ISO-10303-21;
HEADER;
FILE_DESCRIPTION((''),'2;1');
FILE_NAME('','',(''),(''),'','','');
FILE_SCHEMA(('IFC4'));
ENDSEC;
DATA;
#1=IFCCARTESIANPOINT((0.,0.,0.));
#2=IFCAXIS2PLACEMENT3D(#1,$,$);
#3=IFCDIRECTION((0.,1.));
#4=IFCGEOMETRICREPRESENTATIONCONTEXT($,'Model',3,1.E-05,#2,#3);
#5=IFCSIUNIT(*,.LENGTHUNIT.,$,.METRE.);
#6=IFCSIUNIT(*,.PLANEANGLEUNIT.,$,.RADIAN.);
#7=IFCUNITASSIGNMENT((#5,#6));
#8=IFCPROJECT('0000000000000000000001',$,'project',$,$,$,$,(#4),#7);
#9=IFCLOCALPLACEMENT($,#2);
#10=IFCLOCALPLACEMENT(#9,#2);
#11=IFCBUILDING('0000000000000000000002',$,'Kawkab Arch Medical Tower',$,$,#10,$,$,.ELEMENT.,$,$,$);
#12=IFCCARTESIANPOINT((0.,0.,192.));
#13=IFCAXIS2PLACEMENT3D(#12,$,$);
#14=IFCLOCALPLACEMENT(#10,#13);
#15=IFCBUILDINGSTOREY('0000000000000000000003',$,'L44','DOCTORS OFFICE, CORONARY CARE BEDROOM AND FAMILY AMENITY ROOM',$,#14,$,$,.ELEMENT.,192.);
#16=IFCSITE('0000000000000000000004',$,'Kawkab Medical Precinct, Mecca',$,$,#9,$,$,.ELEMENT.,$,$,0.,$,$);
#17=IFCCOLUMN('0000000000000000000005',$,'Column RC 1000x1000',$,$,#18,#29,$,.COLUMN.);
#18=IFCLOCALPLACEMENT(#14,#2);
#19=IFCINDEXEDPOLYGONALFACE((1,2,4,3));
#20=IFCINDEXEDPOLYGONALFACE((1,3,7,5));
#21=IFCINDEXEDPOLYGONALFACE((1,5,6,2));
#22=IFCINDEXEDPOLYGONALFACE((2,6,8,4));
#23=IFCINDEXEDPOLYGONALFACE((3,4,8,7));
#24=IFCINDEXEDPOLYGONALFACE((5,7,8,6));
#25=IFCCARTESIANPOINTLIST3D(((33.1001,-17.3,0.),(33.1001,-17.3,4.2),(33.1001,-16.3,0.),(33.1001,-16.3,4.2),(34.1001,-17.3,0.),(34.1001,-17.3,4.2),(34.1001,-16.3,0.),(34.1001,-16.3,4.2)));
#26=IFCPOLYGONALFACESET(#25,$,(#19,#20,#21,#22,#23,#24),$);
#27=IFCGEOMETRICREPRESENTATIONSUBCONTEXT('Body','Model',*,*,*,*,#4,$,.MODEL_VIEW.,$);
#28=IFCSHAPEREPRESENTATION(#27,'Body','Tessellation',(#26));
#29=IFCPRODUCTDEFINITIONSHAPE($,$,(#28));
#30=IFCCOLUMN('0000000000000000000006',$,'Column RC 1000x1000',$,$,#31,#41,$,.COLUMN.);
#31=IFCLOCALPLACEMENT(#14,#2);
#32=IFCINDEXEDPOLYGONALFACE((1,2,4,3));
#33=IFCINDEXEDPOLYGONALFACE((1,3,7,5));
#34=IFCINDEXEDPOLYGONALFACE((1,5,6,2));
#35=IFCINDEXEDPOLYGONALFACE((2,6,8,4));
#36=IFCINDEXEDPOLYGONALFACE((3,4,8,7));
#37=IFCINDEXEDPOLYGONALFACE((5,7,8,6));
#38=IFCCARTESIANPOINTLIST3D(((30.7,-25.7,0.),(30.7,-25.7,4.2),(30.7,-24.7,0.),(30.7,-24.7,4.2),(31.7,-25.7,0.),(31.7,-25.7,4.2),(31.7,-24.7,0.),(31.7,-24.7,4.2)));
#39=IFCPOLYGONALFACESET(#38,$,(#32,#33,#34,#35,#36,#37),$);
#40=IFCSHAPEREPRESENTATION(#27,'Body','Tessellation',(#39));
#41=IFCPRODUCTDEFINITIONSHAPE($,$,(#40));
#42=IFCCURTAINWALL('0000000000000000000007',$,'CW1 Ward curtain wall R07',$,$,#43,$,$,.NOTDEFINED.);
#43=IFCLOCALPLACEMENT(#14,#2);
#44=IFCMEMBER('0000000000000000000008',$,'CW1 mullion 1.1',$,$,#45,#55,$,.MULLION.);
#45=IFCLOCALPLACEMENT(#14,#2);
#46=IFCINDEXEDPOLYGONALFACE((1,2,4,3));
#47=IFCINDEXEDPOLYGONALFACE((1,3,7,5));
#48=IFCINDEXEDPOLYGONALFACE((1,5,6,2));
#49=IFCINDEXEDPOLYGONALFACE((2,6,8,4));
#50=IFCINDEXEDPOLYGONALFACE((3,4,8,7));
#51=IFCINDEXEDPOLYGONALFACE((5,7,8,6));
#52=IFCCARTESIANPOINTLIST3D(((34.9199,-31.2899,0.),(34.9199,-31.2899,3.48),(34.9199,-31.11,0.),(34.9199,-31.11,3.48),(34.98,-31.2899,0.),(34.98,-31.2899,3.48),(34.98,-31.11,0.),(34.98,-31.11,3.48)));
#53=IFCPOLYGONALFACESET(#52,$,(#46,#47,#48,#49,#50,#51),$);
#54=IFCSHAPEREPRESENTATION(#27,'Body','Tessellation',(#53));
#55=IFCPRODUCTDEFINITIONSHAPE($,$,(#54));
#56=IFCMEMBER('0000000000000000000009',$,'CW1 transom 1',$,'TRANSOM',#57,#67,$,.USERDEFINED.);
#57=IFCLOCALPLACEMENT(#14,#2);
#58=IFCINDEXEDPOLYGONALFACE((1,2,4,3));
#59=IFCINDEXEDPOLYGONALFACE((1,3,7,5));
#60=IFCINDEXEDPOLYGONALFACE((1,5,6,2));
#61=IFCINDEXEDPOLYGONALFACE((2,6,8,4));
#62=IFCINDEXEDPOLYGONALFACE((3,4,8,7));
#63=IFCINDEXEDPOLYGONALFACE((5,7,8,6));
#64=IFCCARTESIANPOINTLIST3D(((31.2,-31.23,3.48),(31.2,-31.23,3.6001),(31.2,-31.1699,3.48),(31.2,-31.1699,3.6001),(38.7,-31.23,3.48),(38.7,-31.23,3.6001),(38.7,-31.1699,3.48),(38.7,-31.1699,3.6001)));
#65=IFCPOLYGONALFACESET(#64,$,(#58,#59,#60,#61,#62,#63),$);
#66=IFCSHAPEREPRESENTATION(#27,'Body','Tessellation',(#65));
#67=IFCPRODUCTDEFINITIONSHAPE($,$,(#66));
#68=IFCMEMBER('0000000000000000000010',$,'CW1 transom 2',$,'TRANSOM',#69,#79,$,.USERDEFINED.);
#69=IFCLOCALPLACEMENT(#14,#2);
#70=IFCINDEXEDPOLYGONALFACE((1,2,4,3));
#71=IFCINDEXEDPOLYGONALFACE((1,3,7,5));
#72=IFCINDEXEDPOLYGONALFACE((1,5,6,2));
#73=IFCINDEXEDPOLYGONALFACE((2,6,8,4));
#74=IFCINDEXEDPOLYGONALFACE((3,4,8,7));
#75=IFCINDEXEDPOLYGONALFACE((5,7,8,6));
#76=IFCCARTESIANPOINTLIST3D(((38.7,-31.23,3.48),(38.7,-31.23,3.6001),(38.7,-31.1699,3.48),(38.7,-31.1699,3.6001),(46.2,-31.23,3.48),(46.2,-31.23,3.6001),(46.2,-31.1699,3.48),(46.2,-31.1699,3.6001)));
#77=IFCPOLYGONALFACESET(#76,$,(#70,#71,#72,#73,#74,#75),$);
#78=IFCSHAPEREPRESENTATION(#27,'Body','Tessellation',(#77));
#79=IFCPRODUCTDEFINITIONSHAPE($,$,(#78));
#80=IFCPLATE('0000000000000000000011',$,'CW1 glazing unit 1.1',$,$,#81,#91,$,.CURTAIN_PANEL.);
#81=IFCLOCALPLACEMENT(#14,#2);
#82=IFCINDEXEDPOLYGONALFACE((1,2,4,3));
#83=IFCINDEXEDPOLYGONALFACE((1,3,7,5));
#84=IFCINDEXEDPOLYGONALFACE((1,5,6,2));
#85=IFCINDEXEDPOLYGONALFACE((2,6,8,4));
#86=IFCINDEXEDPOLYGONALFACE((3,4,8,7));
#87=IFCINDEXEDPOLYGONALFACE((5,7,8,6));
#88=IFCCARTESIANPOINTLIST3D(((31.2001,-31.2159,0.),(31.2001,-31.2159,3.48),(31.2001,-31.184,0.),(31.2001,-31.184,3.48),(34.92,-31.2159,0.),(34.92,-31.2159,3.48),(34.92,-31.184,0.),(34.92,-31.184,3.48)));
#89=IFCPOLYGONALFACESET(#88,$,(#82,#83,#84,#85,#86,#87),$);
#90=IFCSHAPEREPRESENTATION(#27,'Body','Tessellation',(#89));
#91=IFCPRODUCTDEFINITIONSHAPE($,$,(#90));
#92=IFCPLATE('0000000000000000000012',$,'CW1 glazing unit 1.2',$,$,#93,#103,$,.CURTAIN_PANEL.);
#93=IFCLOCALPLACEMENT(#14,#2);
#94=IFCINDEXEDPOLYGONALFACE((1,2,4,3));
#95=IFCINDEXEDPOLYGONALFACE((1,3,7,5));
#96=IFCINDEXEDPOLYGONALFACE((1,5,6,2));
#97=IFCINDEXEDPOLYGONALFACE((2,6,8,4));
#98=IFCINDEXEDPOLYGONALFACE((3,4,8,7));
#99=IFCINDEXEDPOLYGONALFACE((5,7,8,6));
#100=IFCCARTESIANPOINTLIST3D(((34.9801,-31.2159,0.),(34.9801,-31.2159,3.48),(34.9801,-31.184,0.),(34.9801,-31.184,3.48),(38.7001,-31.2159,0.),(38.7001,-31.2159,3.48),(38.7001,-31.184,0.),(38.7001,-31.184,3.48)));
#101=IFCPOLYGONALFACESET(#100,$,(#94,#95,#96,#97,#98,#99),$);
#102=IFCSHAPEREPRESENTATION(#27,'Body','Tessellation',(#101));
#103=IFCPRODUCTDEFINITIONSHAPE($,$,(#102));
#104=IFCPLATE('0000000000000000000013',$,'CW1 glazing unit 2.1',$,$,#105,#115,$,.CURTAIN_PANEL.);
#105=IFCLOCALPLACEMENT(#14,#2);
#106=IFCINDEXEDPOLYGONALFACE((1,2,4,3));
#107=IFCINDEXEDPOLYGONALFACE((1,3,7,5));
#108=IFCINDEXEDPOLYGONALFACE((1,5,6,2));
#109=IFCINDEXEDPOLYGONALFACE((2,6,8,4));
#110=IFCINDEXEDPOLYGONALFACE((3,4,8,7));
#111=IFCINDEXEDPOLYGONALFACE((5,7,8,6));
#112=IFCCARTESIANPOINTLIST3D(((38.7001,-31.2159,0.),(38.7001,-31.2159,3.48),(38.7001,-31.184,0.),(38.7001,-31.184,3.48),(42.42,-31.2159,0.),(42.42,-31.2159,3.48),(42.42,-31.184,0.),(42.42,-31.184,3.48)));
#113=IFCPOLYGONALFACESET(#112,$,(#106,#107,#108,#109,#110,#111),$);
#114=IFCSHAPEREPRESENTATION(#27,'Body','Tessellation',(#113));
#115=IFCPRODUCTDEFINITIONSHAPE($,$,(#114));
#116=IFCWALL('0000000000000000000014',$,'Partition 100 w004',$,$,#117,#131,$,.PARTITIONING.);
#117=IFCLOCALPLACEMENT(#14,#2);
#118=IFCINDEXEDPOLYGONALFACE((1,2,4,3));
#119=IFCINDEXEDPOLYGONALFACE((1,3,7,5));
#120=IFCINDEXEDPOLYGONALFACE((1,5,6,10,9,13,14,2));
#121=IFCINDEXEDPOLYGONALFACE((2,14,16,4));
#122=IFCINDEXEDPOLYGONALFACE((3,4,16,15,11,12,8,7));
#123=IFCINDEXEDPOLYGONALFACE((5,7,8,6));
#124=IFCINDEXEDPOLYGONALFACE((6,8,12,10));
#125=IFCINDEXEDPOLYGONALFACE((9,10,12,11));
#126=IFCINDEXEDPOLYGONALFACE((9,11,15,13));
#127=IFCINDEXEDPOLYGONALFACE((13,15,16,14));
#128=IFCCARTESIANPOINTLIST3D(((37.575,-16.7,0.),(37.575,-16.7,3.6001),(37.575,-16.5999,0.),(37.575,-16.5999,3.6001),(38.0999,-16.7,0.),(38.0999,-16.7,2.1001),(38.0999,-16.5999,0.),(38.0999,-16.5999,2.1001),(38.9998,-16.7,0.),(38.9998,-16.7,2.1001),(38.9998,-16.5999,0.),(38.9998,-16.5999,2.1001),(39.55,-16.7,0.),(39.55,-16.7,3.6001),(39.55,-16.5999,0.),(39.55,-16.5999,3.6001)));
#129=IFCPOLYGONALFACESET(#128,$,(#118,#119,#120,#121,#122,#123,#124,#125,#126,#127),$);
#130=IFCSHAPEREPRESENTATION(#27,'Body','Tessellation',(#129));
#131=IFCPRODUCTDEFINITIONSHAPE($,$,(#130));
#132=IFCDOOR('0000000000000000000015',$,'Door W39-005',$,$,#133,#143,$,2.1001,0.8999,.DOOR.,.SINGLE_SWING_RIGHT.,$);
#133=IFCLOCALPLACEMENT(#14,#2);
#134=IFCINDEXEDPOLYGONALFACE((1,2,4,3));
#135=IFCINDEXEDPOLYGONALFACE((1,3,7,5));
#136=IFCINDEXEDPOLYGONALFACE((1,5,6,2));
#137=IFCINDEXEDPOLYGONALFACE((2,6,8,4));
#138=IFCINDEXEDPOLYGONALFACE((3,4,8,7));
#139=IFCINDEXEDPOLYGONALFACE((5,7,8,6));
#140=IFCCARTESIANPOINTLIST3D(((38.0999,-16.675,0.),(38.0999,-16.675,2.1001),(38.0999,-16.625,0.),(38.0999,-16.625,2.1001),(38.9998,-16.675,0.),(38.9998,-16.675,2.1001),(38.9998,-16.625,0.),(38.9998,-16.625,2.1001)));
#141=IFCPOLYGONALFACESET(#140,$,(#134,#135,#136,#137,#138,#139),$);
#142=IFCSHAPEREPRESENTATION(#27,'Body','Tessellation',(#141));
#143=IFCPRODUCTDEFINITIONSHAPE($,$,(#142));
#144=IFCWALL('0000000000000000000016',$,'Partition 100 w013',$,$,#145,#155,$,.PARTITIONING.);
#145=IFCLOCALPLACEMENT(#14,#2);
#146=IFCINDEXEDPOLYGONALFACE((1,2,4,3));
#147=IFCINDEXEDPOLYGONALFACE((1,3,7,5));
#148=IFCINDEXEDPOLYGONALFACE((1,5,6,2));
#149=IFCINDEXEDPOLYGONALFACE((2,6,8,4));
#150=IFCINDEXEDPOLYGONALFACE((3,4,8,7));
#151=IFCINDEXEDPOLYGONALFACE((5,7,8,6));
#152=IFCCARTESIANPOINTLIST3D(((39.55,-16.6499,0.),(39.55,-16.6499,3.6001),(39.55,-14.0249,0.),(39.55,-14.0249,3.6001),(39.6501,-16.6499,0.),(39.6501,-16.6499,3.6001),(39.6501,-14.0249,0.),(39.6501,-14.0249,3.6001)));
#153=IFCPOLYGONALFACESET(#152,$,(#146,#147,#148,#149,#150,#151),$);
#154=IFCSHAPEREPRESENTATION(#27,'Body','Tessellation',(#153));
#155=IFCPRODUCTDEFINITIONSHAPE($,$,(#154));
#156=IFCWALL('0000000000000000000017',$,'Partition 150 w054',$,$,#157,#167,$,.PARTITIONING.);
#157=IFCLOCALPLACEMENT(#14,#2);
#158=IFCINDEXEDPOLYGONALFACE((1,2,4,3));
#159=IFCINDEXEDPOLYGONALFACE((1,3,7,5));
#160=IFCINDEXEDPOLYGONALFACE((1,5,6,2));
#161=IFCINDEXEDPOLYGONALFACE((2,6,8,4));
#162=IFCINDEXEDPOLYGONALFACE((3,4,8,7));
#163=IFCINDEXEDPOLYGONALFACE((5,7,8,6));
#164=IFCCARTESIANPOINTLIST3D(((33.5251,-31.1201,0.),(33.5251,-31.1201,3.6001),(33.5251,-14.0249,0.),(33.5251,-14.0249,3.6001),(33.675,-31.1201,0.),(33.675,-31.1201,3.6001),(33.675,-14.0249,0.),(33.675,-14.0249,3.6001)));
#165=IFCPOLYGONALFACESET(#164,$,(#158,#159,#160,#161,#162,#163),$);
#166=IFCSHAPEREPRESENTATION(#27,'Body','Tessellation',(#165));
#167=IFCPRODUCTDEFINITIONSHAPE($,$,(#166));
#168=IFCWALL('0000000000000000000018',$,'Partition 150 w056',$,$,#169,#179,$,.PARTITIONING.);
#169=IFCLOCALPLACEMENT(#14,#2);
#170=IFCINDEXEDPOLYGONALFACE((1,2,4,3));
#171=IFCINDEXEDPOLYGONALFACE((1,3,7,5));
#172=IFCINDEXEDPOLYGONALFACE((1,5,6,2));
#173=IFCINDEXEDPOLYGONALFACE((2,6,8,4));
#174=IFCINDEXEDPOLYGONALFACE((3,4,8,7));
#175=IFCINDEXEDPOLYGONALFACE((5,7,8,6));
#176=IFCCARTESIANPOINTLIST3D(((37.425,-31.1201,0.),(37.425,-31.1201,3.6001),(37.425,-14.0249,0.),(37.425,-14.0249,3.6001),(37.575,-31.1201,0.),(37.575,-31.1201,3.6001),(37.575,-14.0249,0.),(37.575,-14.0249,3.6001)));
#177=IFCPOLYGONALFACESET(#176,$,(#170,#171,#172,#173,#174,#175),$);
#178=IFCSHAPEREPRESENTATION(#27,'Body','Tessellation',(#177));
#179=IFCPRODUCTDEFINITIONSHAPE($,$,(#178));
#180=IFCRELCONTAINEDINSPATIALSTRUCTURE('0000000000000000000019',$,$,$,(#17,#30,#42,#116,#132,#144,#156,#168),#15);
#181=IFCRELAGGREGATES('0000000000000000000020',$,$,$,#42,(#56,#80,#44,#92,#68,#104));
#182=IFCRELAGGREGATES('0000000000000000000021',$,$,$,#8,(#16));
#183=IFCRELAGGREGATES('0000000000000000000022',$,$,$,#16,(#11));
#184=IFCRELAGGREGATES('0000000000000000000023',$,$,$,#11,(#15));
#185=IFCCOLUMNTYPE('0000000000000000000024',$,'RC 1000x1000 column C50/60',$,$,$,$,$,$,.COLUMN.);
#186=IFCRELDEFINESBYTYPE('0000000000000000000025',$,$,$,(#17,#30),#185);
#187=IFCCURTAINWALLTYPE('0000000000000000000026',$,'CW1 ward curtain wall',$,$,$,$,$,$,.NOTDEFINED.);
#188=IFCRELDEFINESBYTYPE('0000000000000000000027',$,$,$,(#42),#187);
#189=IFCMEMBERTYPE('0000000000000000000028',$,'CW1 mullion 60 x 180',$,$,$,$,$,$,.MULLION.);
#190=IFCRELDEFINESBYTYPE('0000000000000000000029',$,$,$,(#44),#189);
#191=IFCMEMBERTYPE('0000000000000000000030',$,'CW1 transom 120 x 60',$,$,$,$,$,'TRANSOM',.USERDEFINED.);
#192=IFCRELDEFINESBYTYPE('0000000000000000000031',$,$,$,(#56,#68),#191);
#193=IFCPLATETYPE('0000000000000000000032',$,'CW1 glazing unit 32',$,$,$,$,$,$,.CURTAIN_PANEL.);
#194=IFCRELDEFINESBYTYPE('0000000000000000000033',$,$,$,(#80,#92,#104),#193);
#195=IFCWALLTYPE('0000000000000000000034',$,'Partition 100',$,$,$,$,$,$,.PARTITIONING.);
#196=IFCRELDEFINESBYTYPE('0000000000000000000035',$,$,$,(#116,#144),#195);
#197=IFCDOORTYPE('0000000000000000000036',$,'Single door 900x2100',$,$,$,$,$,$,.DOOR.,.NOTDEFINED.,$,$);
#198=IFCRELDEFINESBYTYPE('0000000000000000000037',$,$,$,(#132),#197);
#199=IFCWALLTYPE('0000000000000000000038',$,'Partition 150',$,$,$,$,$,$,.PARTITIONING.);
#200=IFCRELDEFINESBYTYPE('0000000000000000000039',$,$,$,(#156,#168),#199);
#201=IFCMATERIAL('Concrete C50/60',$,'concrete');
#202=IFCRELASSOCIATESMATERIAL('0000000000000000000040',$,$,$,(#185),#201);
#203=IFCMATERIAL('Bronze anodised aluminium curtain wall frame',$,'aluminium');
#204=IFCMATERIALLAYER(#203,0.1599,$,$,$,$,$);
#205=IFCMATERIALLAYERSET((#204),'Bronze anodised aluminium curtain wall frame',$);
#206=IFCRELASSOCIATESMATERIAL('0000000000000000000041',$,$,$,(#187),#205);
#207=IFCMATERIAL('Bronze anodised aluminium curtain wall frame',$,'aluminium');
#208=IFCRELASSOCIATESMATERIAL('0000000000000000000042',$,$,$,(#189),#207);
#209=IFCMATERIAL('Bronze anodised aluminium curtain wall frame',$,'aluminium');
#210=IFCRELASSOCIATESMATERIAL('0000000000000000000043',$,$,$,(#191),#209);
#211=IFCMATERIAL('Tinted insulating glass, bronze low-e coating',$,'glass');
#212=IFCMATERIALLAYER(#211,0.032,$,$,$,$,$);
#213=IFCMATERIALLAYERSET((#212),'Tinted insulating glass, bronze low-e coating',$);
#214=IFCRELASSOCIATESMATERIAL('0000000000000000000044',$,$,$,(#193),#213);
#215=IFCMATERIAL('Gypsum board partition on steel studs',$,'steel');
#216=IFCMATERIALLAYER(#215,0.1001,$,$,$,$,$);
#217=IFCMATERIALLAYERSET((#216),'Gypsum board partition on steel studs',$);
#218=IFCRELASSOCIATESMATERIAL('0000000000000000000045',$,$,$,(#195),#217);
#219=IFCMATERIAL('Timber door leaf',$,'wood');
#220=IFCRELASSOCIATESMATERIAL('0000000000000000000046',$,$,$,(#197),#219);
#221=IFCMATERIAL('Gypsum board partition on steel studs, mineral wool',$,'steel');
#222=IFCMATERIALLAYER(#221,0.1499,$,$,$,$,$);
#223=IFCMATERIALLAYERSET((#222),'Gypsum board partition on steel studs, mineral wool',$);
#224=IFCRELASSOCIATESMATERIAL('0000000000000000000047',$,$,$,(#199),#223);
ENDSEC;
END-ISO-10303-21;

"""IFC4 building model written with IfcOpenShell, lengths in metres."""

from ifc_helpers import new_model, si_unit, direction, frame, frame_2d, origin, origin_2d, place, context, subcontext, project, spatial, rectangle, extrude, material, layer, layer_set, material_profile, profile_set, type_object, element, fill, aggregate, save


model = new_model("IFC4")

# Units and contexts
model_context = context("Model", 3, precision=1e-05, world=origin(), true_north=direction((0.0, 1.0)))
body_context = subcontext(model_context, "Body", "Model", "MODEL_VIEW")
ifc_project = project(units=[si_unit("LENGTHUNIT", "METRE"), si_unit("PLANEANGLEUNIT", "RADIAN")], contexts=[model_context])

# Site, building, storey
site_placement = place(None, origin())
site = spatial("IfcSite", under=ifc_project, at=site_placement, Name="Kawkab Medical Precinct, Mecca", CompositionType="ELEMENT", RefElevation=0.0)
building_placement = place(site_placement, origin())
building = spatial("IfcBuilding", under=site, at=building_placement, Name="Kawkab Arch Medical Tower", CompositionType="ELEMENT")
storey_placement = place(building_placement, frame((0.0, 0.0, 192.0)))
storey = spatial("IfcBuildingStorey", under=building, at=storey_placement, Name="L44", Description="DOCTORS OFFICE, CORONARY CARE BEDROOM AND FAMILY AMENITY ROOM", CompositionType="ELEMENT", Elevation=192.0)

# Columns
ifc_material_1 = material(Name="Concrete C50/60", Category="concrete")
ifc_material_profile_1 = material_profile(ifc_material_1, rectangle(XDim=1.0, YDim=1.0, at=origin_2d()), Name="RC 1000x1000")
ifc_profile_set_1 = profile_set([ifc_material_profile_1], Name="Concrete C50/60")
column_type = type_object("IfcColumnType", Name="RC 1000x1000 column C50/60", PredefinedType="COLUMN", material=ifc_profile_set_1)
for number, where, z_axis, x_axis, name in (
    (1, (33.6001, -16.8, 0.0), (0.0, 0.0, 1.0), (1.0, 0.0, 0.0), "Column RC 1000x1000"),
    (2, (31.2, -25.2, 0.0), (0.0, 0.0, 1.0), (1.0, 0.0, 0.0), "Column RC 1000x1000"),
):
    element("IfcColumn", number, at=place(storey_placement, frame(where, z_axis=z_axis, x_axis=x_axis)), inside=storey, type_object=column_type, Name=name, PredefinedType="COLUMN", context=body_context, shape_type="SweptSolid", body=[
        extrude(rectangle(XDim=1.0, YDim=1.0, at=origin_2d()), origin(), (0.0, 0.0, 1.0), 4.2),
    ])

# Curtain wall, members, plates
ifc_material_2 = material(Name="Bronze anodised aluminium curtain wall frame", Category="aluminium")
ifc_layer_1 = layer(ifc_material_2, 0.1599)
ifc_layer_set_1 = layer_set([ifc_layer_1], Name="Bronze anodised aluminium curtain wall frame")
curtain_wall_type = type_object("IfcCurtainWallType", Name="CW1 ward curtain wall", PredefinedType="NOTDEFINED", material=ifc_layer_set_1)
curtain_wall_placement = place(storey_placement, origin())
curtain_wall = element("IfcCurtainWall", 3, at=curtain_wall_placement, inside=storey, type_object=curtain_wall_type, Name="CW1 Ward curtain wall R07", PredefinedType="NOTDEFINED")
ifc_material_3 = material(Name="Bronze anodised aluminium curtain wall frame", Category="aluminium")
ifc_material_profile_2 = material_profile(ifc_material_3, rectangle(XDim=0.1799, YDim=0.0601, at=origin_2d()), Name="AL 60x180")
ifc_profile_set_2 = profile_set([ifc_material_profile_2], Name="Bronze anodised aluminium curtain wall frame")
member_type_1 = type_object("IfcMemberType", Name="CW1 mullion 60 x 180", PredefinedType="MULLION", material=ifc_profile_set_2)
member_1_placement = place(storey_placement, frame((34.95, -31.2, 0.0), z_axis=(0.0, 0.0, 1.0), x_axis=(0.0, 1.0, 0.0)))
member_1 = element("IfcMember", 4, at=member_1_placement, type_object=member_type_1, Name="CW1 mullion 1.1", PredefinedType="MULLION", context=body_context, shape_type="SweptSolid", body=[
    extrude(rectangle(XDim=0.1799, YDim=0.0601, at=origin_2d()), origin(), (0.0, 0.0, 1.0), 3.48),
])
ifc_material_4 = material(Name="Bronze anodised aluminium curtain wall frame", Category="aluminium")
ifc_material_profile_3 = material_profile(ifc_material_4, rectangle(XDim=0.0601, YDim=0.1201, at=origin_2d()), Name="AL 60x120")
ifc_profile_set_3 = profile_set([ifc_material_profile_3], Name="Bronze anodised aluminium curtain wall frame")
member_type_2 = type_object("IfcMemberType", Name="CW1 transom 120 x 60", ElementType="TRANSOM", PredefinedType="USERDEFINED", material=ifc_profile_set_3)
member_2_placement = place(storey_placement, frame((31.2, -31.2, 3.54), z_axis=(1.0, 0.0, 0.0), x_axis=(0.0, 1.0, 0.0)))
member_2 = element("IfcMember", 5, at=member_2_placement, type_object=member_type_2, Name="CW1 transom 1", ObjectType="TRANSOM", PredefinedType="USERDEFINED", context=body_context, shape_type="SweptSolid", body=[
    extrude(rectangle(XDim=0.0601, YDim=0.1201, at=origin_2d()), origin(), (0.0, 0.0, 1.0), 7.5),
])
member_3_placement = place(storey_placement, frame((38.7, -31.2, 3.54), z_axis=(1.0, 0.0, 0.0), x_axis=(0.0, 1.0, 0.0)))
member_3 = element("IfcMember", 6, at=member_3_placement, type_object=member_type_2, Name="CW1 transom 2", ObjectType="TRANSOM", PredefinedType="USERDEFINED", context=body_context, shape_type="SweptSolid", body=[
    extrude(rectangle(XDim=0.0601, YDim=0.1201, at=origin_2d()), origin(), (0.0, 0.0, 1.0), 7.5),
])
ifc_material_5 = material(Name="Tinted insulating glass, bronze low-e coating", Category="glass")
ifc_layer_2 = layer(ifc_material_5, 0.032)
ifc_layer_set_2 = layer_set([ifc_layer_2], Name="Tinted insulating glass, bronze low-e coating")
plate_type = type_object("IfcPlateType", Name="CW1 glazing unit 32", PredefinedType="CURTAIN_PANEL", material=ifc_layer_set_2)
plate_1_placement = place(storey_placement, frame((33.0601, -31.2, 0.0), z_axis=(0.0, 0.0, 1.0), x_axis=(1.0, 0.0, 0.0)))
plate_1 = element("IfcPlate", 7, at=plate_1_placement, type_object=plate_type, Name="CW1 glazing unit 1.1", PredefinedType="CURTAIN_PANEL", context=body_context, shape_type="SweptSolid", body=[
    extrude(rectangle(XDim=3.72, YDim=0.032, at=origin_2d()), origin(), (0.0, 0.0, 1.0), 3.48),
])
plate_2_placement = place(storey_placement, frame((36.8401, -31.2, 0.0), z_axis=(0.0, 0.0, 1.0), x_axis=(1.0, 0.0, 0.0)))
plate_2 = element("IfcPlate", 8, at=plate_2_placement, type_object=plate_type, Name="CW1 glazing unit 1.2", PredefinedType="CURTAIN_PANEL", context=body_context, shape_type="SweptSolid", body=[
    extrude(rectangle(XDim=3.72, YDim=0.032, at=origin_2d()), origin(), (0.0, 0.0, 1.0), 3.48),
])
plate_3_placement = place(storey_placement, frame((40.5601, -31.2, 0.0), z_axis=(0.0, 0.0, 1.0), x_axis=(1.0, 0.0, 0.0)))
plate_3 = element("IfcPlate", 9, at=plate_3_placement, type_object=plate_type, Name="CW1 glazing unit 2.1", PredefinedType="CURTAIN_PANEL", context=body_context, shape_type="SweptSolid", body=[
    extrude(rectangle(XDim=3.72, YDim=0.032, at=origin_2d()), origin(), (0.0, 0.0, 1.0), 3.48),
])
aggregate(curtain_wall, [member_2, plate_1, member_1, plate_2, member_3, plate_3])

# Wall, opening, door
ifc_material_6 = material(Name="Gypsum board partition on steel studs", Category="steel")
ifc_layer_3 = layer(ifc_material_6, 0.1001)
ifc_layer_set_3 = layer_set([ifc_layer_3], Name="Gypsum board partition on steel studs")
wall_type_1 = type_object("IfcWallType", Name="Partition 100", PredefinedType="PARTITIONING", material=ifc_layer_set_3)
wall_1_placement = place(storey_placement, frame((37.575, -16.6499, 0.0), z_axis=(0.0, 0.0, 1.0), x_axis=(1.0, 0.0, 0.0)))
wall_1 = element("IfcWall", 10, at=wall_1_placement, inside=storey, type_object=wall_type_1, Name="Partition 100 w004", PredefinedType="PARTITIONING", context=body_context, shape_type="SweptSolid", body=[
    extrude(rectangle(XDim=1.9751, YDim=0.1001, at=frame_2d((0.9875, 0.0))), origin(), (0.0, 0.0, 1.0), 3.6001),
])
opening_placement = place(wall_1_placement, frame((0.5249, 0.0, 0.0)))
opening = element("IfcOpeningElement", 11, at=opening_placement, cuts=wall_1, PredefinedType="OPENING", context=body_context, shape_type="SweptSolid", body=[
    extrude(rectangle(XDim=0.8999, YDim=2.1001, at=frame_2d((0.45, 1.05))), frame((0.0, 0.0601, 0.0), z_axis=(0.0, -1.0, 0.0), x_axis=(1.0, 0.0, 0.0)), (0.0, 0.0, 1.0), 0.1201),
])
ifc_material_7 = material(Name="Timber door leaf", Category="wood")
door_type = type_object("IfcDoorType", Name="Single door 900x2100", OperationType="NOTDEFINED", PredefinedType="DOOR", material=ifc_material_7)
door_placement = place(opening_placement, origin())
door = element("IfcDoor", 12, at=door_placement, inside=storey, type_object=door_type, Name="Door W39-005", OperationType="SINGLE_SWING_RIGHT", OverallHeight=2.1001, OverallWidth=0.8999, PredefinedType="DOOR", context=body_context, shape_type="SweptSolid", body=[
    extrude(rectangle(XDim=0.8999, YDim=2.1001, at=frame_2d((0.45, 1.05))), frame((0.0, 0.0249, 0.0), z_axis=(0.0, -1.0, 0.0), x_axis=(1.0, 0.0, 0.0)), (0.0, 0.0, 1.0), 0.05),
])
fill(opening, door)

# Walls
wall_2_placement = place(storey_placement, frame((39.6001, -16.6499, 0.0), z_axis=(0.0, 0.0, 1.0), x_axis=(0.0, 1.0, 0.0)))
element("IfcWall", 13, at=wall_2_placement, inside=storey, type_object=wall_type_1, Name="Partition 100 w013", PredefinedType="PARTITIONING", context=body_context, shape_type="SweptSolid", body=[
    extrude(rectangle(XDim=2.625, YDim=0.1001, at=frame_2d((1.3125, 0.0))), origin(), (0.0, 0.0, 1.0), 3.6001),
])
ifc_material_8 = material(Name="Gypsum board partition on steel studs, mineral wool", Category="steel")
ifc_layer_4 = layer(ifc_material_8, 0.1499)
ifc_layer_set_4 = layer_set([ifc_layer_4], Name="Gypsum board partition on steel studs, mineral wool")
wall_type_2 = type_object("IfcWallType", Name="Partition 150", PredefinedType="PARTITIONING", material=ifc_layer_set_4)
for number, where, z_axis, x_axis, name in (
    (14, (33.6001, -31.1201, 0.0), (0.0, 0.0, 1.0), (0.0, 1.0, 0.0), "Partition 150 w054"),
    (15, (37.5, -31.1201, 0.0), (0.0, 0.0, 1.0), (0.0, 1.0, 0.0), "Partition 150 w056"),
):
    element("IfcWall", number, at=place(storey_placement, frame(where, z_axis=z_axis, x_axis=x_axis)), inside=storey, type_object=wall_type_2, Name=name, PredefinedType="PARTITIONING", context=body_context, shape_type="SweptSolid", body=[
        extrude(rectangle(XDim=17.0952, YDim=0.1499, at=frame_2d((8.5476, 0.0))), origin(), (0.0, 0.0, 1.0), 3.6001),
    ])

save(model, "model.ifc")
